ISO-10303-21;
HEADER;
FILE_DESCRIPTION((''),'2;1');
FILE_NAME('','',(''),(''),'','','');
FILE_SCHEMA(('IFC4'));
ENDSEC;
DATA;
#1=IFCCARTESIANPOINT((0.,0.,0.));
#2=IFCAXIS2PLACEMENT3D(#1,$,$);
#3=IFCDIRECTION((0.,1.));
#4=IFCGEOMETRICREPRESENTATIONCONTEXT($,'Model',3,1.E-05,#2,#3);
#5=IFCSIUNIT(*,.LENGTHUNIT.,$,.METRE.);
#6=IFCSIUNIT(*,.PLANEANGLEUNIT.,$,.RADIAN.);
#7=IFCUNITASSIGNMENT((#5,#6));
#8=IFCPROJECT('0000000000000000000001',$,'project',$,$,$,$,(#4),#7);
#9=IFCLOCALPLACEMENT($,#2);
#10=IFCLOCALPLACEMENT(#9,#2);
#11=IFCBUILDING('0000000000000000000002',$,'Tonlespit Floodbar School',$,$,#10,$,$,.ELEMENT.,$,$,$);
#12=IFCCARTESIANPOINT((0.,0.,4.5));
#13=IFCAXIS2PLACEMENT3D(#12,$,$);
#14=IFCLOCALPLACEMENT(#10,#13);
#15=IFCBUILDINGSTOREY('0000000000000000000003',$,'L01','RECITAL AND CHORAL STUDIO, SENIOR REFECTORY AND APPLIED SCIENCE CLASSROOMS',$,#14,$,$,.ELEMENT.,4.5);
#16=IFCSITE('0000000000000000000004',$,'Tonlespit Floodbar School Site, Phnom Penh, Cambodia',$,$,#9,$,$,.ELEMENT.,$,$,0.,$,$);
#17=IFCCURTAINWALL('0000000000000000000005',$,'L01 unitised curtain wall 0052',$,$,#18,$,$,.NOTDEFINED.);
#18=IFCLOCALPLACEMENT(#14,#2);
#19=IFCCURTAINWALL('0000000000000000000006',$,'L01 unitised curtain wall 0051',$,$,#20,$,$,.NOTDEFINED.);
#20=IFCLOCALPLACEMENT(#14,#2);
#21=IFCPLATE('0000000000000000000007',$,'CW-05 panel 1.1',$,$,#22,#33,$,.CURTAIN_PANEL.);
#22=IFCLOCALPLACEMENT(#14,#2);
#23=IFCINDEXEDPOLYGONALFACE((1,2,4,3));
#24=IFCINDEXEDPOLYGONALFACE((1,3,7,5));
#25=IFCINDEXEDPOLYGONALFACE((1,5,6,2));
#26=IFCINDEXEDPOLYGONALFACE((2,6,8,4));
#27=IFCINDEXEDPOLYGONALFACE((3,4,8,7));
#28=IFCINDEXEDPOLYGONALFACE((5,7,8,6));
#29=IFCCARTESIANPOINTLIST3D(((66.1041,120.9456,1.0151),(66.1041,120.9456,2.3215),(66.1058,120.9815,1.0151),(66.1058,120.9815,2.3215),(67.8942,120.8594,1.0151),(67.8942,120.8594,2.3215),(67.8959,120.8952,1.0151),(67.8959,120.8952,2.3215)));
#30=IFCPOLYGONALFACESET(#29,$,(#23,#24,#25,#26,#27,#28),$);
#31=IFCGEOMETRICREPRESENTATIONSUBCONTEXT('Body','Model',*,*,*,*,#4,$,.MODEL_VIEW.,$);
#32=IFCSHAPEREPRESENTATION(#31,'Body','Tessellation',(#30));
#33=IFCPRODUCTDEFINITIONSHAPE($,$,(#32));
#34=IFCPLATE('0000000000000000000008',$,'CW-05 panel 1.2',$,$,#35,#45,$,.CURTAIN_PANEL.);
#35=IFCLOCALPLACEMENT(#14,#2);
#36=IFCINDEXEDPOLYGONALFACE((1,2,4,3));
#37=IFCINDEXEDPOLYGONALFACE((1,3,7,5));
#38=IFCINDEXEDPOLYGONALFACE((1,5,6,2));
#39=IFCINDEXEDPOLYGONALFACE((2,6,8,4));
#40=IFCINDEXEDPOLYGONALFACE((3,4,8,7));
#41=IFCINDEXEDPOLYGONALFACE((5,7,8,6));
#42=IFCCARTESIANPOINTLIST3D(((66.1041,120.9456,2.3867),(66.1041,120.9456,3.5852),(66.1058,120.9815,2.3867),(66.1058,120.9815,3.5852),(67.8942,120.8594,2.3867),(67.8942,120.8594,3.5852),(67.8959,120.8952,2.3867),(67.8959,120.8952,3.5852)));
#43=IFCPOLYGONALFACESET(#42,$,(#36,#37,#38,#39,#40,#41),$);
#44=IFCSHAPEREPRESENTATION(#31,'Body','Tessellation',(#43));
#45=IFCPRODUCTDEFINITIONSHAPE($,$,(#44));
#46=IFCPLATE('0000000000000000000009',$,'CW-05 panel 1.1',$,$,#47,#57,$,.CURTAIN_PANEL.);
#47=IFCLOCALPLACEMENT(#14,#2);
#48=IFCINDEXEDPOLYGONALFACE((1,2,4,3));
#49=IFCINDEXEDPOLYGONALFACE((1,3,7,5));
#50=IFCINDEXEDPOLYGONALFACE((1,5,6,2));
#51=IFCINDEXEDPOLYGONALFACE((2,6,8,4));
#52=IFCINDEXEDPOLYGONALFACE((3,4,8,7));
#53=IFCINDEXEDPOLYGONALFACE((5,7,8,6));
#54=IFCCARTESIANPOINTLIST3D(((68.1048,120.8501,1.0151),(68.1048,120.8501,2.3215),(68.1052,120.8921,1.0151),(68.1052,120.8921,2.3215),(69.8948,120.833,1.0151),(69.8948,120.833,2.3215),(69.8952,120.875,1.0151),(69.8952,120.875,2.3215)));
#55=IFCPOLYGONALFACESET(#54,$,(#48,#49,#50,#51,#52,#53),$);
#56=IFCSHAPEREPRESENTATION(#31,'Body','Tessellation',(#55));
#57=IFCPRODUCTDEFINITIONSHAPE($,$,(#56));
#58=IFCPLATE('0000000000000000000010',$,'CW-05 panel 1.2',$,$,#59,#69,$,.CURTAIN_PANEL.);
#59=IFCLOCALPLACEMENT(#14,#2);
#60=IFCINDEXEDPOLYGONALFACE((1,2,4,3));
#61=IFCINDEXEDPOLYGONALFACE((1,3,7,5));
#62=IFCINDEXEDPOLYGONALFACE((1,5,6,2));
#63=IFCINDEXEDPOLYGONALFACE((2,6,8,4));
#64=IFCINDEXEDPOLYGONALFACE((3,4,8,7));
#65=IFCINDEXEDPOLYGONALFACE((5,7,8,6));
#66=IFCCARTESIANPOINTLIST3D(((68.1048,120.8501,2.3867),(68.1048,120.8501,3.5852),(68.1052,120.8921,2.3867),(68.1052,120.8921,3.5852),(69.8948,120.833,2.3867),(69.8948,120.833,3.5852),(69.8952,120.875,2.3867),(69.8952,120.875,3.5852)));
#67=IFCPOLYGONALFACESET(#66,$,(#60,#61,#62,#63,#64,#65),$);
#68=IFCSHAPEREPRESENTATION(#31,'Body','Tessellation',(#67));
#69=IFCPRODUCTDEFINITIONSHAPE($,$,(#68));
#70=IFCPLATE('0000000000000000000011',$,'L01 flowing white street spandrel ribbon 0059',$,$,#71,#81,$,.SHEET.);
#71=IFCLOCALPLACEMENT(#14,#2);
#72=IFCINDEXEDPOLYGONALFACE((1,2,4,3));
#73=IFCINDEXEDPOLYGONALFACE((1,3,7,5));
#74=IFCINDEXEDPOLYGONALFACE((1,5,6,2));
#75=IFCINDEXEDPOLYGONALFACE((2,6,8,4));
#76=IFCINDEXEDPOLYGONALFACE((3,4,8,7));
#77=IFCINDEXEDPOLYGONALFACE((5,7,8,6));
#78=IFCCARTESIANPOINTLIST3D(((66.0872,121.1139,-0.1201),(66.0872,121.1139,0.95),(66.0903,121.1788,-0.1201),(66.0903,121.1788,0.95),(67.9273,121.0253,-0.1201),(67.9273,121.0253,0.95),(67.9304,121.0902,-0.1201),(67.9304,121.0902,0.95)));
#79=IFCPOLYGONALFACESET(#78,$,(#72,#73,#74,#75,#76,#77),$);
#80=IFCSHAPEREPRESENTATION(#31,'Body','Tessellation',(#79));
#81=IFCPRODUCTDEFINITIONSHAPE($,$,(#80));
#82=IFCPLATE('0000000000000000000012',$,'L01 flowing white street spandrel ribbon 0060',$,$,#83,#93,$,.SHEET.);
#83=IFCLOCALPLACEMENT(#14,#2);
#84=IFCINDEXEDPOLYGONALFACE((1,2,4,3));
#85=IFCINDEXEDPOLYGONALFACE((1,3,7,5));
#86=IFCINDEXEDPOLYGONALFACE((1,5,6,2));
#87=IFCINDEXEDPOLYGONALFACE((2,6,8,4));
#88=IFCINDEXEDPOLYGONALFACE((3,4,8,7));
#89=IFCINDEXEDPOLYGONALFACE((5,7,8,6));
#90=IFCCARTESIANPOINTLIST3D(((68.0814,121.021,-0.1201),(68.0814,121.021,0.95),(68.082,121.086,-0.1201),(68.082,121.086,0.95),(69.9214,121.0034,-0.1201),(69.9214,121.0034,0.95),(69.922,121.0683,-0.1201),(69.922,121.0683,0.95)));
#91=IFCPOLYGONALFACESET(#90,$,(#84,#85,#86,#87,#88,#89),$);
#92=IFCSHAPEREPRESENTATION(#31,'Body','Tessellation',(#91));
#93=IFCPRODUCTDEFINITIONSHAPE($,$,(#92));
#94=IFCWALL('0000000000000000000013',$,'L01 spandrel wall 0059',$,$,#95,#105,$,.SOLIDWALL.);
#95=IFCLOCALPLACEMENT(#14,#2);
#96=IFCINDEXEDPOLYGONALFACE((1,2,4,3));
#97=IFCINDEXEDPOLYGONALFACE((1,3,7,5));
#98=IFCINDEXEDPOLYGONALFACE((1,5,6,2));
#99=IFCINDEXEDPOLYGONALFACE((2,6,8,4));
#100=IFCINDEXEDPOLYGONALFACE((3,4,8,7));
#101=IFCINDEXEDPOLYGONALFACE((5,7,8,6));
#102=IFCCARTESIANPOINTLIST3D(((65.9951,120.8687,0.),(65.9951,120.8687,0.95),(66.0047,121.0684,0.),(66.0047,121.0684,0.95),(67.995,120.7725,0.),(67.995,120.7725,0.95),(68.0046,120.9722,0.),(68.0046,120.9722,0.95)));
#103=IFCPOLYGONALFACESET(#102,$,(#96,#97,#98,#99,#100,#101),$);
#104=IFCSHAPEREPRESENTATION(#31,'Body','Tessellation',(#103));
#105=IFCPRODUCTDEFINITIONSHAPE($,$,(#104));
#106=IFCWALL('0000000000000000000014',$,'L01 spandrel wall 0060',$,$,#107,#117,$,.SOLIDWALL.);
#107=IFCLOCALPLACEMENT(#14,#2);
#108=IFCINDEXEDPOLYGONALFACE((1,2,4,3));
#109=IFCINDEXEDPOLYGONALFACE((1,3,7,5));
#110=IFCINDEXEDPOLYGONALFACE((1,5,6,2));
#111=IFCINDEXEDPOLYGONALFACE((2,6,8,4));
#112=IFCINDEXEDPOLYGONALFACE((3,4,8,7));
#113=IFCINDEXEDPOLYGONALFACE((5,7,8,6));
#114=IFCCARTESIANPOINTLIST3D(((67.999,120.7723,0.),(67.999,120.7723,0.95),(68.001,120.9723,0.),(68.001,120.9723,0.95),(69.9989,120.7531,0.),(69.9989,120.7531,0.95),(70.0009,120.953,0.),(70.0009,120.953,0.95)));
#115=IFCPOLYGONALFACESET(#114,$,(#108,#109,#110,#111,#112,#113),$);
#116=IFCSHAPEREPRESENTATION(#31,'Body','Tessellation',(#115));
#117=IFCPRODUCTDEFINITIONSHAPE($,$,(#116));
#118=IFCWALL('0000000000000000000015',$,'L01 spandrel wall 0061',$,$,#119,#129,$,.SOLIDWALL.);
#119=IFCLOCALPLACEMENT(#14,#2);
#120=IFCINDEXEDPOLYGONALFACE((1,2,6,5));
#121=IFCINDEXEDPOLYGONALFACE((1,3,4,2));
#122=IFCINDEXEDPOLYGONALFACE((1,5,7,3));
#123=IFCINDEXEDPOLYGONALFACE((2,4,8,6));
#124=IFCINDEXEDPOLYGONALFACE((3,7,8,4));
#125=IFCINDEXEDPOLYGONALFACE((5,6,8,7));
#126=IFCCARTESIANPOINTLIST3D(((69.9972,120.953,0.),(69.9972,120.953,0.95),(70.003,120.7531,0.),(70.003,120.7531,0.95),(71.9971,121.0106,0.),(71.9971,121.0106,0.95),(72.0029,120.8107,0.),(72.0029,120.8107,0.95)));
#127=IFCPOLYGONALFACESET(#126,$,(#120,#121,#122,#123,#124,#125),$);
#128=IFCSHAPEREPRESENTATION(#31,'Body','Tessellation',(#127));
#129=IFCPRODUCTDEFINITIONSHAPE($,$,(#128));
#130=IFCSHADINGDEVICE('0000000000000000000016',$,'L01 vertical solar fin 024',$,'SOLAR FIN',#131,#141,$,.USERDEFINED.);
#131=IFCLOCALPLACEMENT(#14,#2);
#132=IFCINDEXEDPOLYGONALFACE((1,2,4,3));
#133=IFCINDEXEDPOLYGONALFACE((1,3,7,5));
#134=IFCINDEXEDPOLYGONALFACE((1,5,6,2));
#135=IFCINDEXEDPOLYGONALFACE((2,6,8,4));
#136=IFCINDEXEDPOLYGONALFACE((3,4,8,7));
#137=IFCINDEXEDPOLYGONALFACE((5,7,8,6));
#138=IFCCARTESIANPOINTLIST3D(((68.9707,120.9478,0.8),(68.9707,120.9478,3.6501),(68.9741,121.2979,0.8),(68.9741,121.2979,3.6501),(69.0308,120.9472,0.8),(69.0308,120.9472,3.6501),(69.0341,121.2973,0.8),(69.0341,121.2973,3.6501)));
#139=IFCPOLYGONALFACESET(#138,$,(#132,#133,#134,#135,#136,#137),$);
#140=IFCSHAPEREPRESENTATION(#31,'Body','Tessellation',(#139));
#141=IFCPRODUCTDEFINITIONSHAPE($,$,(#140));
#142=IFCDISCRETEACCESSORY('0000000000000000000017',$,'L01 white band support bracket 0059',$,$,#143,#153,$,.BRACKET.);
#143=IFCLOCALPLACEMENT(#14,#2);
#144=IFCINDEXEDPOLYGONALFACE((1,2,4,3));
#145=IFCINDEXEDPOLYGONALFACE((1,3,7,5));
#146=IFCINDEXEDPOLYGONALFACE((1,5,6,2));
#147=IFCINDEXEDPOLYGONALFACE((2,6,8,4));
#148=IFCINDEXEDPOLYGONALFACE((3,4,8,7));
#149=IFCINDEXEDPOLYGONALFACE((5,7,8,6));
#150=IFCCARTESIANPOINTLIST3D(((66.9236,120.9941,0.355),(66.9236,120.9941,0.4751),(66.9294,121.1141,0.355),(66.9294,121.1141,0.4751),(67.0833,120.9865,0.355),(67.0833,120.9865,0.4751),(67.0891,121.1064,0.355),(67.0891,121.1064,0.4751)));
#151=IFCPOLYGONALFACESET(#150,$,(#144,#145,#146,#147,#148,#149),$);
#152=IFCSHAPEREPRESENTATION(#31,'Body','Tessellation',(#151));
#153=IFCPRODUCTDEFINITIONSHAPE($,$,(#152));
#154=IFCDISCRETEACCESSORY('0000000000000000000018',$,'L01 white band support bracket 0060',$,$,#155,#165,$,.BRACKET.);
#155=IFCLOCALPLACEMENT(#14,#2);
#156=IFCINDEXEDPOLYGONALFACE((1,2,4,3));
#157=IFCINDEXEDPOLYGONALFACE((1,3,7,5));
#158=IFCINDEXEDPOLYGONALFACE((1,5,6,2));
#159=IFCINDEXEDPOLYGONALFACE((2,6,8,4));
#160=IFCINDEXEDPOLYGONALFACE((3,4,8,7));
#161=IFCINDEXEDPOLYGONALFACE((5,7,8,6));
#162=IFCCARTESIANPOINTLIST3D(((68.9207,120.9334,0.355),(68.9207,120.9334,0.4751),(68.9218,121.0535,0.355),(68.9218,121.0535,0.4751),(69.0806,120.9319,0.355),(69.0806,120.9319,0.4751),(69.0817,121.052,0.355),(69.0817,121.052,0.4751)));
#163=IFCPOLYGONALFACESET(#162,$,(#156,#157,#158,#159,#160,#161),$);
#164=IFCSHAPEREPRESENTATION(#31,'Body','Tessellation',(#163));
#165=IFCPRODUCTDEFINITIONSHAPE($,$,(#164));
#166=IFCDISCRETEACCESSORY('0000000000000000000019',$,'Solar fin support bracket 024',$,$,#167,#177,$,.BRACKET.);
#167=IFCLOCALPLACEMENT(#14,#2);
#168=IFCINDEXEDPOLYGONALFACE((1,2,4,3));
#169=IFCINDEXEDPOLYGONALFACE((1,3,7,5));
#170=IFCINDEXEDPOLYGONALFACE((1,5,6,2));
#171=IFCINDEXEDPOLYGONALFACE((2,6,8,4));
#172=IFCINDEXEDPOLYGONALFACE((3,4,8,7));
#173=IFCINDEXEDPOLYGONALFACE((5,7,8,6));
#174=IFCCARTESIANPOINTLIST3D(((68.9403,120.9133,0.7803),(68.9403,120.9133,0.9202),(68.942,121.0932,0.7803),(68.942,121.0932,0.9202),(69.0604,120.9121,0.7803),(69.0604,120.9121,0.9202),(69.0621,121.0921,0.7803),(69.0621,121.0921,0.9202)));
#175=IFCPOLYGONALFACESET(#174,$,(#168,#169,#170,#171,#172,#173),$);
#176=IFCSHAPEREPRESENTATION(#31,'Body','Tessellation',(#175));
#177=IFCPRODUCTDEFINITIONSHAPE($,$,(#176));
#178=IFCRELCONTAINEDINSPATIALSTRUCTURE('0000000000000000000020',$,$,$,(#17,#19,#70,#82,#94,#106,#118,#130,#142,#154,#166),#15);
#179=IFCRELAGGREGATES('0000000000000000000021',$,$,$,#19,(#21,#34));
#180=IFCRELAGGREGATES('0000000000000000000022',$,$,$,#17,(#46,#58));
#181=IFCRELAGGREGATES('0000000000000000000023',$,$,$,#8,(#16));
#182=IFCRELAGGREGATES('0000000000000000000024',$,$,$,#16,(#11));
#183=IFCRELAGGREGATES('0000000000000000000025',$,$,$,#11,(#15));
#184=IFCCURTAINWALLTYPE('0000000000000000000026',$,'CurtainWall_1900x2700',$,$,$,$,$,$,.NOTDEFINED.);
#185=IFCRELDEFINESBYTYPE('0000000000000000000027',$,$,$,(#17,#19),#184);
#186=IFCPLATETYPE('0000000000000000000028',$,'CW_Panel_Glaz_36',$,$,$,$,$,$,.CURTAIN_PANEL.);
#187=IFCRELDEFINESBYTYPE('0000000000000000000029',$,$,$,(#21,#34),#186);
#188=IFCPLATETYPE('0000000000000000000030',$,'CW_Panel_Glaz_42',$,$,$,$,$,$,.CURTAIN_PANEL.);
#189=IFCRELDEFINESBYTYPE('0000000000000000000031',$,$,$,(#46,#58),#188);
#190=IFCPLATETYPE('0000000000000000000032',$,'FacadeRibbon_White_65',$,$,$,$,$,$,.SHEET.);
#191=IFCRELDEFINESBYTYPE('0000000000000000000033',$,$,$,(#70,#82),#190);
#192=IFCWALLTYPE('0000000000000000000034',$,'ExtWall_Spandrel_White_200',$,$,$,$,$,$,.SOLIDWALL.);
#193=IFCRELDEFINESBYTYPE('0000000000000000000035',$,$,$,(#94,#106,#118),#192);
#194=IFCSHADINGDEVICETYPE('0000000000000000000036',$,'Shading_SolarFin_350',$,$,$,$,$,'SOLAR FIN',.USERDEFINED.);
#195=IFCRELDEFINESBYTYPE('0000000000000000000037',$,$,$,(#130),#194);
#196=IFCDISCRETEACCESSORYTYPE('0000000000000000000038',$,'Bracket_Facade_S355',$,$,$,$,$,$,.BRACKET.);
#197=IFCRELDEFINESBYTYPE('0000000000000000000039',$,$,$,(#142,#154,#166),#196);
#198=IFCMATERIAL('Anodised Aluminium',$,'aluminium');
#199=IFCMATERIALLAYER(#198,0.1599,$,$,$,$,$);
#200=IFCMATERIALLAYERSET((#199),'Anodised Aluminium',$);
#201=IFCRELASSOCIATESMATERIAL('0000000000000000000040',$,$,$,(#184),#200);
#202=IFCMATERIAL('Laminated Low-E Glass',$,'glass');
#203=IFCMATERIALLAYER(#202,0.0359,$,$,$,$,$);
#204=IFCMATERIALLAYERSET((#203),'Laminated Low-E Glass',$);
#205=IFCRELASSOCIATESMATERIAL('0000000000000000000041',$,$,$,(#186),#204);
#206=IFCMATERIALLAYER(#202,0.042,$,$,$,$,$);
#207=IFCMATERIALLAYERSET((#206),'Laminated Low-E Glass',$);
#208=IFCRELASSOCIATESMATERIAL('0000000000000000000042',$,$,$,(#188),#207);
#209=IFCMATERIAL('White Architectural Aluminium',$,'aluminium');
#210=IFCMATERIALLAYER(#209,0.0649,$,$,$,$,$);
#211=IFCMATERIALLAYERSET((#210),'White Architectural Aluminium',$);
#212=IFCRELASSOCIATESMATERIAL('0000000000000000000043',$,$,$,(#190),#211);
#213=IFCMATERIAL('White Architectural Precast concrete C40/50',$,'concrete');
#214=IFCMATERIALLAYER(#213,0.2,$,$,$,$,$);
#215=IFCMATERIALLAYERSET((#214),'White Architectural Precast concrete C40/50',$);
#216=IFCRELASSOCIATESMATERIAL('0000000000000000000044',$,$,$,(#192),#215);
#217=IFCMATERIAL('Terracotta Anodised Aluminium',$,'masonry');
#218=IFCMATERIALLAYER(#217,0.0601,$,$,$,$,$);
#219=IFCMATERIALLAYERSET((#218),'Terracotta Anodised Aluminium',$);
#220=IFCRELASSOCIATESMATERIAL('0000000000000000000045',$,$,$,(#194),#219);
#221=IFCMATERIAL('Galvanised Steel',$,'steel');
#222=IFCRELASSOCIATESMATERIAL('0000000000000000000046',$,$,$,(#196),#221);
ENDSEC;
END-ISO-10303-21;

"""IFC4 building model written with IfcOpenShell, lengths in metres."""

from ifc_helpers import new_model, si_unit, direction, frame, frame_2d, origin, origin_2d, place, context, subcontext, project, spatial, rectangle, extrude, material, layer, layer_set, type_object, element, aggregate, save


model = new_model("IFC4")

# Units and contexts
model_context = context("Model", 3, precision=1e-05, world=origin(), true_north=direction((0.0, 1.0)))
body_context = subcontext(model_context, "Body", "Model", "MODEL_VIEW")
ifc_project = project(units=[si_unit("LENGTHUNIT", "METRE"), si_unit("PLANEANGLEUNIT", "RADIAN")], contexts=[model_context])

# Site, building, storey
site_placement = place(None, origin())
site = spatial("IfcSite", under=ifc_project, at=site_placement, Name="Tonlespit Floodbar School Site, Phnom Penh, Cambodia", CompositionType="ELEMENT", RefElevation=0.0)
building_placement = place(site_placement, origin())
building = spatial("IfcBuilding", under=site, at=building_placement, Name="Tonlespit Floodbar School", CompositionType="ELEMENT")
storey_placement = place(building_placement, frame((0.0, 0.0, 4.5)))
storey = spatial("IfcBuildingStorey", under=building, at=storey_placement, Name="L01", Description="RECITAL AND CHORAL STUDIO, SENIOR REFECTORY AND APPLIED SCIENCE CLASSROOMS", CompositionType="ELEMENT", Elevation=4.5)

# Curtain walls
ifc_material_1 = material(Name="Anodised Aluminium", Category="aluminium")
ifc_layer_1 = layer(ifc_material_1, 0.1599)
ifc_layer_set_1 = layer_set([ifc_layer_1], Name="Anodised Aluminium")
curtain_wall_type = type_object("IfcCurtainWallType", Name="CurtainWall_1900x2700", PredefinedType="NOTDEFINED", material=ifc_layer_set_1)
curtain_wall_1_placement = place(storey_placement, origin())
curtain_wall_1 = element("IfcCurtainWall", 1, at=curtain_wall_1_placement, inside=storey, type_object=curtain_wall_type, Name="L01 unitised curtain wall 0052", PredefinedType="NOTDEFINED")
curtain_wall_2_placement = place(storey_placement, origin())
curtain_wall_2 = element("IfcCurtainWall", 2, at=curtain_wall_2_placement, inside=storey, type_object=curtain_wall_type, Name="L01 unitised curtain wall 0051", PredefinedType="NOTDEFINED")

# Plates
ifc_material_2 = material(Name="Laminated Low-E Glass", Category="glass")
ifc_layer_2 = layer(ifc_material_2, 0.0359)
ifc_layer_set_2 = layer_set([ifc_layer_2], Name="Laminated Low-E Glass")
plate_type_1 = type_object("IfcPlateType", Name="CW_Panel_Glaz_36", PredefinedType="CURTAIN_PANEL", material=ifc_layer_set_2)
plate_1_placement = place(storey_placement, frame((67.0, 120.9204, 1.0151), z_axis=(0.0, 0.0, 1.0), x_axis=(0.998842, -0.048121, 0.0)))
plate_1 = element("IfcPlate", 3, at=plate_1_placement, type_object=plate_type_1, Name="CW-05 panel 1.1", PredefinedType="CURTAIN_PANEL", context=body_context, shape_type="SweptSolid", body=[
    extrude(rectangle(XDim=1.7922, YDim=0.0359, at=origin_2d()), origin(), (0.0, 0.0, 1.0), 1.3064),
])
plate_2_placement = place(storey_placement, frame((67.0, 120.9204, 2.3867), z_axis=(0.0, 0.0, 1.0), x_axis=(0.998842, -0.048121, 0.0)))
plate_2 = element("IfcPlate", 4, at=plate_2_placement, type_object=plate_type_1, Name="CW-05 panel 1.2", PredefinedType="CURTAIN_PANEL", context=body_context, shape_type="SweptSolid", body=[
    extrude(rectangle(XDim=1.7922, YDim=0.0359, at=origin_2d()), origin(), (0.0, 0.0, 1.0), 1.1985),
])
aggregate(curtain_wall_2, [plate_1, plate_2])
ifc_layer_3 = layer(ifc_material_2, 0.042)
ifc_layer_set_3 = layer_set([ifc_layer_3], Name="Laminated Low-E Glass")
plate_type_2 = type_object("IfcPlateType", Name="CW_Panel_Glaz_42", PredefinedType="CURTAIN_PANEL", material=ifc_layer_set_3)
plate_3_placement = place(storey_placement, frame((69.0, 120.8625, 1.0151), z_axis=(0.0, 0.0, 1.0), x_axis=(0.999954, -0.009583, 0.0)))
plate_3 = element("IfcPlate", 5, at=plate_3_placement, type_object=plate_type_2, Name="CW-05 panel 1.1", PredefinedType="CURTAIN_PANEL", context=body_context, shape_type="SweptSolid", body=[
    extrude(rectangle(XDim=1.79, YDim=0.042, at=origin_2d()), origin(), (0.0, 0.0, 1.0), 1.3064),
])
plate_4_placement = place(storey_placement, frame((69.0, 120.8625, 2.3867), z_axis=(0.0, 0.0, 1.0), x_axis=(0.999954, -0.009583, 0.0)))
plate_4 = element("IfcPlate", 6, at=plate_4_placement, type_object=plate_type_2, Name="CW-05 panel 1.2", PredefinedType="CURTAIN_PANEL", context=body_context, shape_type="SweptSolid", body=[
    extrude(rectangle(XDim=1.79, YDim=0.042, at=origin_2d()), origin(), (0.0, 0.0, 1.0), 1.1985),
])
aggregate(curtain_wall_1, [plate_3, plate_4])

# Plates
ifc_material_3 = material(Name="White Architectural Aluminium", Category="aluminium")
ifc_layer_4 = layer(ifc_material_3, 0.0649)
ifc_layer_set_4 = layer_set([ifc_layer_4], Name="White Architectural Aluminium")
plate_type_3 = type_object("IfcPlateType", Name="FacadeRibbon_White_65", PredefinedType="SHEET", material=ifc_layer_set_4)
plate_5_placement = place(storey_placement, frame((67.0088, 121.1021, -0.1201), z_axis=(0.0, 0.0, 1.0), x_axis=(0.998843, -0.048095, 0.0)))
element("IfcPlate", 7, at=plate_5_placement, inside=storey, type_object=plate_type_3, Name="L01 flowing white street spandrel ribbon 0059", PredefinedType="SHEET", context=body_context, shape_type="SweptSolid", body=[
    extrude(rectangle(XDim=1.8423, YDim=0.0649, at=origin_2d()), origin(), (0.0, 0.0, 1.0), 1.0701),
])
plate_6_placement = place(storey_placement, frame((69.0017, 121.0447, -0.1201), z_axis=(0.0, 0.0, 1.0), x_axis=(0.999954, -0.009599, 0.0)))
element("IfcPlate", 8, at=plate_6_placement, inside=storey, type_object=plate_type_3, Name="L01 flowing white street spandrel ribbon 0060", PredefinedType="SHEET", context=body_context, shape_type="SweptSolid", body=[
    extrude(rectangle(XDim=1.8401, YDim=0.0649, at=origin_2d()), origin(), (0.0, 0.0, 1.0), 1.0701),
])

# Walls
ifc_material_4 = material(Name="White Architectural Precast concrete C40/50", Category="concrete")
ifc_layer_5 = layer(ifc_material_4, 0.2)
ifc_layer_set_5 = layer_set([ifc_layer_5], Name="White Architectural Precast concrete C40/50")
wall_type = type_object("IfcWallType", Name="ExtWall_Spandrel_White_200", PredefinedType="SOLIDWALL", material=ifc_layer_set_5)
wall_1_placement = place(storey_placement, frame((66.0, 120.9685, 0.0), z_axis=(0.0, 0.0, 1.0), x_axis=(0.998845, -0.04804, 0.0)))
element("IfcWall", 9, at=wall_1_placement, inside=storey, type_object=wall_type, Name="L01 spandrel wall 0059", PredefinedType="SOLIDWALL", context=body_context, shape_type="SweptSolid", body=[
    extrude(rectangle(XDim=2.0022, YDim=0.2, at=frame_2d((1.001, 0.0))), origin(), (0.0, 0.0, 1.0), 0.95),
])
wall_2_placement = place(storey_placement, frame((68.0, 120.8723, 0.0), z_axis=(0.0, 0.0, 1.0), x_axis=(0.999954, -0.009643, 0.0)))
element("IfcWall", 10, at=wall_2_placement, inside=storey, type_object=wall_type, Name="L01 spandrel wall 0060", PredefinedType="SOLIDWALL", context=body_context, shape_type="SweptSolid", body=[
    extrude(rectangle(XDim=2.0, YDim=0.2, at=frame_2d((1.0, 0.0))), origin(), (0.0, 0.0, 1.0), 0.95),
])
wall_3_placement = place(storey_placement, frame((70.0, 120.853, 0.0), z_axis=(0.0, 0.0, 1.0), x_axis=(0.999585, 0.028797, 0.0)))
element("IfcWall", 11, at=wall_3_placement, inside=storey, type_object=wall_type, Name="L01 spandrel wall 0061", PredefinedType="SOLIDWALL", context=body_context, shape_type="SweptSolid", body=[
    extrude(rectangle(XDim=2.0007, YDim=0.2, at=frame_2d((1.0005, 0.0))), origin(), (0.0, 0.0, 1.0), 0.95),
])

# Shading device
ifc_material_5 = material(Name="Terracotta Anodised Aluminium", Category="masonry")
ifc_layer_6 = layer(ifc_material_5, 0.0601)
ifc_layer_set_6 = layer_set([ifc_layer_6], Name="Terracotta Anodised Aluminium")
shading_device_type = type_object("IfcShadingDeviceType", Name="Shading_SolarFin_350", ElementType="SOLAR FIN", PredefinedType="USERDEFINED", material=ifc_layer_set_6)
shading_device_placement = place(storey_placement, frame((69.0024, 121.1226, 0.8), z_axis=(0.0, 0.0, 1.0), x_axis=(0.999954, -0.009599, 0.0)))
element("IfcShadingDevice", 12, at=shading_device_placement, inside=storey, type_object=shading_device_type, Name="L01 vertical solar fin 024", ObjectType="SOLAR FIN", PredefinedType="USERDEFINED", context=body_context, shape_type="SweptSolid", body=[
    extrude(rectangle(XDim=0.0601, YDim=0.3501, at=origin_2d()), origin(), (0.0, 0.0, 1.0), 2.8501),
])

# Discrete accessories
ifc_material_6 = material(Name="Galvanised Steel", Category="steel")
discrete_accessory_type = type_object("IfcDiscreteAccessoryType", Name="Bracket_Facade_S355", PredefinedType="BRACKET", material=ifc_material_6)
for number, where, z_axis, x_axis, name in (
    (13, (67.0063, 121.0503, 0.355), (0.0, 0.0, 1.0), (0.998843, -0.048095, 0.0), "L01 white band support bracket 0059"),
    (14, (69.0012, 120.9927, 0.355), (0.0, 0.0, 1.0), (0.999954, -0.009599, 0.0), "L01 white band support bracket 0060"),
):
    element("IfcDiscreteAccessory", number, at=place(storey_placement, frame(where, z_axis=z_axis, x_axis=x_axis)), inside=storey, type_object=discrete_accessory_type, Name=name, PredefinedType="BRACKET", context=body_context, shape_type="SweptSolid", body=[
        extrude(rectangle(XDim=0.1599, YDim=0.1201, at=origin_2d()), origin(), (0.0, 0.0, 1.0), 0.1201),
    ])
discrete_accessory_placement = place(storey_placement, frame((69.0012, 121.0027, 0.7803), z_axis=(0.0, 0.0, 1.0), x_axis=(0.999954, -0.009599, 0.0)))
element("IfcDiscreteAccessory", 15, at=discrete_accessory_placement, inside=storey, type_object=discrete_accessory_type, Name="Solar fin support bracket 024", PredefinedType="BRACKET", context=body_context, shape_type="SweptSolid", body=[
    extrude(rectangle(XDim=0.1201, YDim=0.1799, at=origin_2d()), origin(), (0.0, 0.0, 1.0), 0.1399),
])

save(model, "model.ifc")
